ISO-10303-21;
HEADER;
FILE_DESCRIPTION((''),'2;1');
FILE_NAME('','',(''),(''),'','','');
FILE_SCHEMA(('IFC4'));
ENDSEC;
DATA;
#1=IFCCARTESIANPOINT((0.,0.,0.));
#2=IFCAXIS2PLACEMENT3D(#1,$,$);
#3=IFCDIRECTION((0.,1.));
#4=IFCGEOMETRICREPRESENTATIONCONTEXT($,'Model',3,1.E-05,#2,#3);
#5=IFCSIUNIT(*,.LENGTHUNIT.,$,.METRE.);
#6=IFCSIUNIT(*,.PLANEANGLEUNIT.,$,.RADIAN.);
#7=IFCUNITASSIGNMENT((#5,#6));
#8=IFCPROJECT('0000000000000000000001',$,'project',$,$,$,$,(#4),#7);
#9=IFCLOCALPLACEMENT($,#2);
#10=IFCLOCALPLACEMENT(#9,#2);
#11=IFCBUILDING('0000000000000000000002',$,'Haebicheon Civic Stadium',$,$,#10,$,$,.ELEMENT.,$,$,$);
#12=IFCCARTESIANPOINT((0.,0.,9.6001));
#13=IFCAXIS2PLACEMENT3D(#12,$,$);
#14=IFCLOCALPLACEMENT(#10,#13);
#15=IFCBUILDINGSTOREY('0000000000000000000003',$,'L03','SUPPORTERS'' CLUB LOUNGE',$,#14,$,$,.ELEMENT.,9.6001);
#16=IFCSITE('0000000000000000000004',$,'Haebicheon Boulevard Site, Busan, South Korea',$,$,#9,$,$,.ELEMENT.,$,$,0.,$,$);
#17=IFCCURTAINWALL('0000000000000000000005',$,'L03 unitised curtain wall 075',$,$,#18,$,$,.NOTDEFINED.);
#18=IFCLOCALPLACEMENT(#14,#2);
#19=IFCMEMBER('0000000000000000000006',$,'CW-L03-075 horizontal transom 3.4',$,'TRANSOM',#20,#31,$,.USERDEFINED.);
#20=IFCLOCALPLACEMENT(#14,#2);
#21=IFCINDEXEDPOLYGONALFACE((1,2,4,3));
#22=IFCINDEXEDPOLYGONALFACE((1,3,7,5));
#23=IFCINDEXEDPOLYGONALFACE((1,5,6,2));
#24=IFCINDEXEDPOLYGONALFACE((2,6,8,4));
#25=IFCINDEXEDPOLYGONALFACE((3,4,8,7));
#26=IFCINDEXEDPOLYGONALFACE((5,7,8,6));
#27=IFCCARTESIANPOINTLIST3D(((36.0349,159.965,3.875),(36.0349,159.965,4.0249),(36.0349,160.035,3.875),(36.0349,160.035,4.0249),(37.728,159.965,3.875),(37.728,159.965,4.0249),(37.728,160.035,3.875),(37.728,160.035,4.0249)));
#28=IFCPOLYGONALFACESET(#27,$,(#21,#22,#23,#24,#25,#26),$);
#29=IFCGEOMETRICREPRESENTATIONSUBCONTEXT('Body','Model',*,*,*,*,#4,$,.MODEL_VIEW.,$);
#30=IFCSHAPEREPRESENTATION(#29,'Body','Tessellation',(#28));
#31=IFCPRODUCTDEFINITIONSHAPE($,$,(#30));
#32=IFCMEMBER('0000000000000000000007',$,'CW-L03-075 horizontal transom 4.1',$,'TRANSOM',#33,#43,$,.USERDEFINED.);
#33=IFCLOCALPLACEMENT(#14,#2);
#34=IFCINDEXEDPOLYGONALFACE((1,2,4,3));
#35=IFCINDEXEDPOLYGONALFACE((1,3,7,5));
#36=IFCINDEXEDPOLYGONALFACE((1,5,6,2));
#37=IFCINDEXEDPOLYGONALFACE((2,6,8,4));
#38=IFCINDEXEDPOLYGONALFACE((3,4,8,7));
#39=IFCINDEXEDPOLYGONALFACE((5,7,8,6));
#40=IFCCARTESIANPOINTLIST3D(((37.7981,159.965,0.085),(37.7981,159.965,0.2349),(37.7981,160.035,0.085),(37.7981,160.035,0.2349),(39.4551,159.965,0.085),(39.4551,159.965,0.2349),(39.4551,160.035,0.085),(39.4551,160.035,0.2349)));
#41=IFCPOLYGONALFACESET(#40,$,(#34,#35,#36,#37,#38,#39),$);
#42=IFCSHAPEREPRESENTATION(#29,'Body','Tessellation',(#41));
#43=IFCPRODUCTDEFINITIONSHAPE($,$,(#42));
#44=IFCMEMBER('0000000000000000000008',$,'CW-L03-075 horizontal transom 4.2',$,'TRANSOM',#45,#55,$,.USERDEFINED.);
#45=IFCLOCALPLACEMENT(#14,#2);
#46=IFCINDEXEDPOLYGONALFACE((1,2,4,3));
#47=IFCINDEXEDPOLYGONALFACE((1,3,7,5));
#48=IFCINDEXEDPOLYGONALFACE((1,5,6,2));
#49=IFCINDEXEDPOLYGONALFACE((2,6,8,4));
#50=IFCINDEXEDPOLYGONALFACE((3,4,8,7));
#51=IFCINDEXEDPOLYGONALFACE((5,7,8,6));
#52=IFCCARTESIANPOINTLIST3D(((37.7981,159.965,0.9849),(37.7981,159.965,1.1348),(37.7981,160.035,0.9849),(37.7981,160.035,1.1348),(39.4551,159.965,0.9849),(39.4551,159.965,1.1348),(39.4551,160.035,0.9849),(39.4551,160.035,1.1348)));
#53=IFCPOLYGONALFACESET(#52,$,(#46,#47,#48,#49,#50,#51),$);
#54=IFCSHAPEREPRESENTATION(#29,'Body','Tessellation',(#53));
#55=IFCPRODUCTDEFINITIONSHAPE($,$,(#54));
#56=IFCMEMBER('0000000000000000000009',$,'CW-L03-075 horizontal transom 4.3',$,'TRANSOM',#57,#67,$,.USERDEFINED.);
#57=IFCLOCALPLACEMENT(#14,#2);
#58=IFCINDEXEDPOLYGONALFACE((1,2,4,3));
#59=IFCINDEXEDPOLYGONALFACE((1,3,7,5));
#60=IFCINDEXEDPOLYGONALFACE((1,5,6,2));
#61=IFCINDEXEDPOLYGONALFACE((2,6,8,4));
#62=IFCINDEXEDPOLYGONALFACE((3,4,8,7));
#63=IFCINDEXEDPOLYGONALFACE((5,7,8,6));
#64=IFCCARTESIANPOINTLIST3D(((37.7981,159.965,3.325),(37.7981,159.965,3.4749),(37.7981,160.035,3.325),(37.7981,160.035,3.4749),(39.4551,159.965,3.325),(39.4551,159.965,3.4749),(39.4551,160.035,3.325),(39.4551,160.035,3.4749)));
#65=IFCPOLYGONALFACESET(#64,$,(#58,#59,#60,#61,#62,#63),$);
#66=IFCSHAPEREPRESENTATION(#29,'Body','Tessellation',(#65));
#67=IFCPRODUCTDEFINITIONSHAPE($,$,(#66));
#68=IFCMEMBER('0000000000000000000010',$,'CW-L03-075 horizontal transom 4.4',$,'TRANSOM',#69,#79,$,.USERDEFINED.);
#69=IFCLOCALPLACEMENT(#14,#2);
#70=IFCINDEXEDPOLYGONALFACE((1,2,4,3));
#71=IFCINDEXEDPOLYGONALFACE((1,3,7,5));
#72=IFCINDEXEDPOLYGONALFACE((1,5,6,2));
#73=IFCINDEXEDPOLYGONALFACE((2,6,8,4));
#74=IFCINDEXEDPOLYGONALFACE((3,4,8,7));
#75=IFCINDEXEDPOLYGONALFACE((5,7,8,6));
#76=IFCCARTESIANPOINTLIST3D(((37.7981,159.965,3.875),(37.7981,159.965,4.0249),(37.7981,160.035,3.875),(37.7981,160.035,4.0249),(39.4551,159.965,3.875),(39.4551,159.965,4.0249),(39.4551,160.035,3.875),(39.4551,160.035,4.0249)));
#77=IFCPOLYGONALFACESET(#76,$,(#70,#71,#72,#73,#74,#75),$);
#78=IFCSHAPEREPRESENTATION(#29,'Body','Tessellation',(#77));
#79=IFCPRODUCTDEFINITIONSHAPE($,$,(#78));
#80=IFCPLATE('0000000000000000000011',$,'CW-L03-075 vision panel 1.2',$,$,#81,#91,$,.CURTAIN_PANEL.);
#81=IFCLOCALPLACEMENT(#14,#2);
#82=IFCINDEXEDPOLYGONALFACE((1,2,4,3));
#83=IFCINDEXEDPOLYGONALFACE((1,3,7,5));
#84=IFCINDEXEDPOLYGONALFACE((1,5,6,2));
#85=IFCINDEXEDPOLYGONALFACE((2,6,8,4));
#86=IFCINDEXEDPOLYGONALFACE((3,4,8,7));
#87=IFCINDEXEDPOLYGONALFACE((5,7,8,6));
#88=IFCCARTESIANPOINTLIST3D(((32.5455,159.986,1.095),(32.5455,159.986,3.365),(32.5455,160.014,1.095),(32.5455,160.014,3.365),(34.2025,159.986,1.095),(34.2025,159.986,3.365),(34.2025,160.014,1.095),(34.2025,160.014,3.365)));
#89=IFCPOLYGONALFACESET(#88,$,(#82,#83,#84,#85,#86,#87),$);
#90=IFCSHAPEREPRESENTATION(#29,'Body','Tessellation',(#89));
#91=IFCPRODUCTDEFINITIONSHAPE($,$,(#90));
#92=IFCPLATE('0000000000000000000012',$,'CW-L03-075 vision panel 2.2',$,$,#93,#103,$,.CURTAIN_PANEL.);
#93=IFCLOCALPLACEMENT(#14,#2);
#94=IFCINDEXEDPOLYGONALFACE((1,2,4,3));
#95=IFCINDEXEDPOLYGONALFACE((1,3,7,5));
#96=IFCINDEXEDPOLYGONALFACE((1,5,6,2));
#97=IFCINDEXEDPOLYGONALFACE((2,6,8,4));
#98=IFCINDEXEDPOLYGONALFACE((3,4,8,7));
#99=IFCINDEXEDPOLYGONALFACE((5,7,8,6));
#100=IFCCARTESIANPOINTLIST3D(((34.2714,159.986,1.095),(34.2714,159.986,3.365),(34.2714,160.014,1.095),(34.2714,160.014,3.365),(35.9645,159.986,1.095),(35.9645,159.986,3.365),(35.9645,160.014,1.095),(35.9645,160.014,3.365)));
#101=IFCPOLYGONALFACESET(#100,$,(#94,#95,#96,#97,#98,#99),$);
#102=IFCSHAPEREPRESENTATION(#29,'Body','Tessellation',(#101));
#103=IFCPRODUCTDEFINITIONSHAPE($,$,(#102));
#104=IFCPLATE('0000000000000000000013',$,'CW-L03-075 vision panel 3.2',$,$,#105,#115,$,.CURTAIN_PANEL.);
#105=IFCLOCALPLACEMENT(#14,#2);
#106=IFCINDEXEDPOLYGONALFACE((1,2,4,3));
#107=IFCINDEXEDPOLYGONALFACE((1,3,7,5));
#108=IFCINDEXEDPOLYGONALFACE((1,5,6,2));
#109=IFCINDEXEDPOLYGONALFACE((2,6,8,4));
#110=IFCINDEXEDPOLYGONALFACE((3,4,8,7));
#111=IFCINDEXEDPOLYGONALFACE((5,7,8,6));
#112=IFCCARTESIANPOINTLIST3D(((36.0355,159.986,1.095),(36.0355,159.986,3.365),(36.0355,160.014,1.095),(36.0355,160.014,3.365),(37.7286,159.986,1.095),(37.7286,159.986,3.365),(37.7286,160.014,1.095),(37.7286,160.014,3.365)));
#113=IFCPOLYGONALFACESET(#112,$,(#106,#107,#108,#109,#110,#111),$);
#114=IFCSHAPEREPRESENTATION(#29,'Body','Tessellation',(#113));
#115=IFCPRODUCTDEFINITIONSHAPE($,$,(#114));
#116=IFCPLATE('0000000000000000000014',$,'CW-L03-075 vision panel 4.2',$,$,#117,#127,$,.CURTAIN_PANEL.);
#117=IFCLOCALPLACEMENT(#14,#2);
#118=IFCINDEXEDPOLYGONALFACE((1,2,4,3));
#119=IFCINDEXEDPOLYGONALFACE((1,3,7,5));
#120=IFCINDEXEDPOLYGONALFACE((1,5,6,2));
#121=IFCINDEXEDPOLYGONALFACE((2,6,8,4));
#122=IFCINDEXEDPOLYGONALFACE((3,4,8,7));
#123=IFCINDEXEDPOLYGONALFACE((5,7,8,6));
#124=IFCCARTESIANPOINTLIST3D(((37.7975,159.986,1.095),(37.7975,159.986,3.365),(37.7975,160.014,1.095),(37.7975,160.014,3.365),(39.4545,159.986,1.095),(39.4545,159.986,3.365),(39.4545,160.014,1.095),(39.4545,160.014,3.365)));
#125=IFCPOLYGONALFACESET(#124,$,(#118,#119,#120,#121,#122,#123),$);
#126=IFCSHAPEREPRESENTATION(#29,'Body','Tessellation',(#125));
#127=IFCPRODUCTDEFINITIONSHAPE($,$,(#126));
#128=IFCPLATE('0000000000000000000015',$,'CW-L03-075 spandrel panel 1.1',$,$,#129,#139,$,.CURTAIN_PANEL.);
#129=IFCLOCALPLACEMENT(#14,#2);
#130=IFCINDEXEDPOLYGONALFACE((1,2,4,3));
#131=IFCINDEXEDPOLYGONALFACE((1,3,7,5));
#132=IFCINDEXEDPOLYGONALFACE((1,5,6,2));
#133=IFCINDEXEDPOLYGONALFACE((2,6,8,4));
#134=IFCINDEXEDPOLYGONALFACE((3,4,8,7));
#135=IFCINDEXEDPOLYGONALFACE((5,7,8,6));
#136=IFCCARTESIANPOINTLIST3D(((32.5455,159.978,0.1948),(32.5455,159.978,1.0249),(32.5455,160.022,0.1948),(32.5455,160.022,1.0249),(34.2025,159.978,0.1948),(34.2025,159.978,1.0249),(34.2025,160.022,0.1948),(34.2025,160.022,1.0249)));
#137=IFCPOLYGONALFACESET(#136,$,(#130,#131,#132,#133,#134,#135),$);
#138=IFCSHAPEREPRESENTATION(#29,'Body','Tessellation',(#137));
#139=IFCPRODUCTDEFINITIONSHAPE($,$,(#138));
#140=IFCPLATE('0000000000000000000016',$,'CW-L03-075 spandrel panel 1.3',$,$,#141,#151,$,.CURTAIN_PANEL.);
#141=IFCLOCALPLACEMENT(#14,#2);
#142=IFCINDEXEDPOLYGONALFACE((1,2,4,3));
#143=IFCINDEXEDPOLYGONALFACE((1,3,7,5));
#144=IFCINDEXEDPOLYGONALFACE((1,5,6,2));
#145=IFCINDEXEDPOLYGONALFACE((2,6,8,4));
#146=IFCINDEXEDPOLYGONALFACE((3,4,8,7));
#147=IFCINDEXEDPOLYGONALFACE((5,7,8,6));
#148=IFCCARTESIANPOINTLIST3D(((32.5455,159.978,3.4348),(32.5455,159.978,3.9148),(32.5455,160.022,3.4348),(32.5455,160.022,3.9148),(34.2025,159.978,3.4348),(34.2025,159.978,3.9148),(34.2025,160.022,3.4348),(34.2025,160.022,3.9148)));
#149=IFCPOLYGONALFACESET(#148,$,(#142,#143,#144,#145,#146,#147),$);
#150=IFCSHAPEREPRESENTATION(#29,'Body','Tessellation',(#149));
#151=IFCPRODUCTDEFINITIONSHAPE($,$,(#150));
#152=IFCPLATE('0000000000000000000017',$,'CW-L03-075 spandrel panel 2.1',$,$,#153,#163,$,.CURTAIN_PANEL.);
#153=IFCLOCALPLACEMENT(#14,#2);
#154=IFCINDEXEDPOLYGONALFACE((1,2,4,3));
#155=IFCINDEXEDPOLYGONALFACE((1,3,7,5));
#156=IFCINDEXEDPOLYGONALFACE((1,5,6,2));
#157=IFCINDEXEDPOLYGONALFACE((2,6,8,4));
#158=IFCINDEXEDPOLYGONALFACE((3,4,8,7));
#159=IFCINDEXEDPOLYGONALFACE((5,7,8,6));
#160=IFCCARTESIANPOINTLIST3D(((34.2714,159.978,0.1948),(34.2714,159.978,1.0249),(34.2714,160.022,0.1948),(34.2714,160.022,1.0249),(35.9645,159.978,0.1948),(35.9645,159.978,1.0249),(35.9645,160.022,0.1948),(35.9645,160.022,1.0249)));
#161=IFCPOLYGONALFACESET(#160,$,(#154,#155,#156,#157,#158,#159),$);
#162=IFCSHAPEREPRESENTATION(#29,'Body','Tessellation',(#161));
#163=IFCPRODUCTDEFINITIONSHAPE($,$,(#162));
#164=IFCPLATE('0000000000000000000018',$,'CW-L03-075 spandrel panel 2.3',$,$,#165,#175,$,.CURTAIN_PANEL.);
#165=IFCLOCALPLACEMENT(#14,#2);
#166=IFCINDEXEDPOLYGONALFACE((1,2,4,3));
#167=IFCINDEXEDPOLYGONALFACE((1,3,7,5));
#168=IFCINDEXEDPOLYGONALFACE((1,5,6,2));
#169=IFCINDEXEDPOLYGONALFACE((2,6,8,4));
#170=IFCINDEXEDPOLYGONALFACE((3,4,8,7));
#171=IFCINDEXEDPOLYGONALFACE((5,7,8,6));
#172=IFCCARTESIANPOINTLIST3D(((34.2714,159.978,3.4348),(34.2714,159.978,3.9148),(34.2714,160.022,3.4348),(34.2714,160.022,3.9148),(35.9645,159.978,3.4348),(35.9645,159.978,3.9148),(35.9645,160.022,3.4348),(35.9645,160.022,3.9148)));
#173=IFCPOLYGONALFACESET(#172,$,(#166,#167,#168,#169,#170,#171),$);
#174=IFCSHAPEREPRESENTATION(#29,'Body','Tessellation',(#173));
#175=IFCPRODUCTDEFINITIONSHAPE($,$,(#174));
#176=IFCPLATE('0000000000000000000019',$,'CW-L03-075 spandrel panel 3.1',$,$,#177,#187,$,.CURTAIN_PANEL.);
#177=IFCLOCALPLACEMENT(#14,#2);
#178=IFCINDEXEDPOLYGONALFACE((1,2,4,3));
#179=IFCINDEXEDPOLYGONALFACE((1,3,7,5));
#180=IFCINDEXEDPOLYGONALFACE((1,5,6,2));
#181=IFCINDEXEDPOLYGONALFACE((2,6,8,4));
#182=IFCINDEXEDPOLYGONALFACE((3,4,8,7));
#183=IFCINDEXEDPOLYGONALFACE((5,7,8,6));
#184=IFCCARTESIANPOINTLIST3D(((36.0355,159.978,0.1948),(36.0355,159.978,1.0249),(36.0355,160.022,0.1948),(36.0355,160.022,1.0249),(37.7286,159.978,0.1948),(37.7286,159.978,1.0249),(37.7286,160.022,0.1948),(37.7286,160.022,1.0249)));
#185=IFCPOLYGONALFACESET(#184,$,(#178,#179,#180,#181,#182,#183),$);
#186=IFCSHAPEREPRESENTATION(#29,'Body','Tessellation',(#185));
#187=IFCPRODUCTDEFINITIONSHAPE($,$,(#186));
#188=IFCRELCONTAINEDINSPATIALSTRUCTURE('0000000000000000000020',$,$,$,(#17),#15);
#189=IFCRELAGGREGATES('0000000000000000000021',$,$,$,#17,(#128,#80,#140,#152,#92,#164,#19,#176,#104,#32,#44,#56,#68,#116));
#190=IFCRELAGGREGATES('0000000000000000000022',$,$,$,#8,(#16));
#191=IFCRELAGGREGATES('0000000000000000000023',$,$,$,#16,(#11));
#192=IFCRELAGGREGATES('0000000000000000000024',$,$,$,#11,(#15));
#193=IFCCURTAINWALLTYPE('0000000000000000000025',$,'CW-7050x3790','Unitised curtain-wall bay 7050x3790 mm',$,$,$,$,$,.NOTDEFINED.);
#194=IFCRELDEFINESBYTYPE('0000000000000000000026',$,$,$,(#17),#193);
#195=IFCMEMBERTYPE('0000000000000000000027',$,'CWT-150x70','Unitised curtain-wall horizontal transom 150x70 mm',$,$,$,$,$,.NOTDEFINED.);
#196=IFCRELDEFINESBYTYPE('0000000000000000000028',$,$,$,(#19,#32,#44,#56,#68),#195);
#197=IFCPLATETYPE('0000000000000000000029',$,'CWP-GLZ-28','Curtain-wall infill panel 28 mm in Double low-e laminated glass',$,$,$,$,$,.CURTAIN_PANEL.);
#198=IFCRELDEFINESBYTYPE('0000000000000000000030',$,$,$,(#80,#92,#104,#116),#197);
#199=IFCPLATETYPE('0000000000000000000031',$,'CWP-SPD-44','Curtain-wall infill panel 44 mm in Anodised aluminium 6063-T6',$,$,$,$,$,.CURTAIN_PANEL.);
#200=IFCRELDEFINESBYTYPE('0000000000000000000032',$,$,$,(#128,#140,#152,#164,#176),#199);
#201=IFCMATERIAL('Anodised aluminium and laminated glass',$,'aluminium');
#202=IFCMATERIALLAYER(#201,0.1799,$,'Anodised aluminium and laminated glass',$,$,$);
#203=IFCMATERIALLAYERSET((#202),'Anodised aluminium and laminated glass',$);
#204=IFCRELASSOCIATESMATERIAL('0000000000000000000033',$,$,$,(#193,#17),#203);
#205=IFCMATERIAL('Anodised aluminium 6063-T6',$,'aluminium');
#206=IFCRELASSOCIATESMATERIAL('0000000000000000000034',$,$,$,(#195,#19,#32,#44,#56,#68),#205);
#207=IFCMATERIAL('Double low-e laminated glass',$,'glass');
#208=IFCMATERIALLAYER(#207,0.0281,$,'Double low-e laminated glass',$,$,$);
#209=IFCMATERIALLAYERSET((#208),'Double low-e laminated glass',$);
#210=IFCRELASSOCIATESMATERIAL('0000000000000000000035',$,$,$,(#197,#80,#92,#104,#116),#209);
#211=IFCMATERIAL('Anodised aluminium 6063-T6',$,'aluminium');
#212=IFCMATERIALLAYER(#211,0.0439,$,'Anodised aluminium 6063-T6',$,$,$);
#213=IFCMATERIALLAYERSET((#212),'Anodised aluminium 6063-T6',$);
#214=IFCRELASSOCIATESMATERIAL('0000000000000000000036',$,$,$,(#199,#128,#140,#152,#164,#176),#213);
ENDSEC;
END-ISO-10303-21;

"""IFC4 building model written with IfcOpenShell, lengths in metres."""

from ifc_helpers import new_model, si_unit, direction, frame, origin, origin_2d, place, context, subcontext, project, spatial, rectangle, extrude, material, layer, layer_set, material_profile, profile_set, type_object, element, aggregate, save


model = new_model("IFC4")

# Units and contexts
model_context = context("Model", 3, precision=1e-05, world=origin(), true_north=direction((0.0, 1.0)))
body_context = subcontext(model_context, "Body", "Model", "MODEL_VIEW")
ifc_project = project(units=[si_unit("LENGTHUNIT", "METRE"), si_unit("PLANEANGLEUNIT", "RADIAN")], contexts=[model_context])

# Site, building, storey
site_placement = place(None, origin())
site = spatial("IfcSite", under=ifc_project, at=site_placement, Name="Haebicheon Boulevard Site, Busan, South Korea", CompositionType="ELEMENT", RefElevation=0.0)
building_placement = place(site_placement, origin())
building = spatial("IfcBuilding", under=site, at=building_placement, Name="Haebicheon Civic Stadium", CompositionType="ELEMENT")
storey_placement = place(building_placement, frame((0.0, 0.0, 9.6001)))
storey = spatial("IfcBuildingStorey", under=building, at=storey_placement, Name="L03", Description="SUPPORTERS' CLUB LOUNGE", CompositionType="ELEMENT", Elevation=9.6001)

# Curtain wall, members, plates
ifc_material_1 = material(Name="Anodised aluminium and laminated glass", Category="aluminium")
ifc_layer_1 = layer(ifc_material_1, 0.1799, Name="Anodised aluminium and laminated glass")
ifc_layer_set_1 = layer_set([ifc_layer_1], Name="Anodised aluminium and laminated glass")
curtain_wall_type = type_object("IfcCurtainWallType", Name="CW-7050x3790", Description="Unitised curtain-wall bay 7050x3790 mm", PredefinedType="NOTDEFINED", material=ifc_layer_set_1)
curtain_wall_placement = place(storey_placement, origin())
curtain_wall = element("IfcCurtainWall", 1, at=curtain_wall_placement, inside=storey, type_object=curtain_wall_type, material=ifc_layer_set_1, Name="L03 unitised curtain wall 075", PredefinedType="NOTDEFINED")
ifc_material_2 = material(Name="Anodised aluminium 6063-T6", Category="aluminium")
ifc_material_profile_1 = material_profile(ifc_material_2, rectangle(XDim=0.0701, YDim=0.1499, at=origin_2d()), Name="ALU-TRAN-70x150")
ifc_profile_set_1 = profile_set([ifc_material_profile_1], Name="Anodised aluminium 6063-T6")
member_type_1 = type_object("IfcMemberType", Name="CWT-150x70", Description="Unitised curtain-wall horizontal transom 150x70 mm", PredefinedType="NOTDEFINED", material=ifc_profile_set_1)
member_1_placement = place(storey_placement, frame((36.0349, 160.0, 3.95), z_axis=(1.0, 0.0, 0.0), x_axis=(0.0, 1.0, 0.0)))
member_1 = element("IfcMember", 2, at=member_1_placement, type_object=member_type_1, material=ifc_profile_set_1, Name="CW-L03-075 horizontal transom 3.4", ObjectType="TRANSOM", PredefinedType="USERDEFINED", context=body_context, shape_type="SweptSolid", body=[
    extrude(rectangle(XDim=0.0701, YDim=0.1499, at=origin_2d()), origin(), (0.0, 0.0, 1.0), 1.6931),
])
member_2_placement = place(storey_placement, frame((37.7981, 160.0, 0.1599), z_axis=(1.0, 0.0, 0.0), x_axis=(0.0, 1.0, 0.0)))
member_2 = element("IfcMember", 3, at=member_2_placement, type_object=member_type_1, material=ifc_profile_set_1, Name="CW-L03-075 horizontal transom 4.1", ObjectType="TRANSOM", PredefinedType="USERDEFINED", context=body_context, shape_type="SweptSolid", body=[
    extrude(rectangle(XDim=0.0701, YDim=0.1499, at=origin_2d()), origin(), (0.0, 0.0, 1.0), 1.657),
])
member_3_placement = place(storey_placement, frame((37.7981, 160.0, 1.0598), z_axis=(1.0, 0.0, 0.0), x_axis=(0.0, 1.0, 0.0)))
member_3 = element("IfcMember", 4, at=member_3_placement, type_object=member_type_1, material=ifc_profile_set_1, Name="CW-L03-075 horizontal transom 4.2", ObjectType="TRANSOM", PredefinedType="USERDEFINED", context=body_context, shape_type="SweptSolid", body=[
    extrude(rectangle(XDim=0.0701, YDim=0.1499, at=origin_2d()), origin(), (0.0, 0.0, 1.0), 1.657),
])
member_4_placement = place(storey_placement, frame((37.7981, 160.0, 3.3999), z_axis=(1.0, 0.0, 0.0), x_axis=(0.0, 1.0, 0.0)))
member_4 = element("IfcMember", 5, at=member_4_placement, type_object=member_type_1, material=ifc_profile_set_1, Name="CW-L03-075 horizontal transom 4.3", ObjectType="TRANSOM", PredefinedType="USERDEFINED", context=body_context, shape_type="SweptSolid", body=[
    extrude(rectangle(XDim=0.0701, YDim=0.1499, at=origin_2d()), origin(), (0.0, 0.0, 1.0), 1.657),
])
member_5_placement = place(storey_placement, frame((37.7981, 160.0, 3.95), z_axis=(1.0, 0.0, 0.0), x_axis=(0.0, 1.0, 0.0)))
member_5 = element("IfcMember", 6, at=member_5_placement, type_object=member_type_1, material=ifc_profile_set_1, Name="CW-L03-075 horizontal transom 4.4", ObjectType="TRANSOM", PredefinedType="USERDEFINED", context=body_context, shape_type="SweptSolid", body=[
    extrude(rectangle(XDim=0.0701, YDim=0.1499, at=origin_2d()), origin(), (0.0, 0.0, 1.0), 1.657),
])
ifc_material_3 = material(Name="Double low-e laminated glass", Category="glass")
ifc_layer_2 = layer(ifc_material_3, 0.0281, Name="Double low-e laminated glass")
ifc_layer_set_2 = layer_set([ifc_layer_2], Name="Double low-e laminated glass")
plate_type_1 = type_object("IfcPlateType", Name="CWP-GLZ-28", Description="Curtain-wall infill panel 28 mm in Double low-e laminated glass", PredefinedType="CURTAIN_PANEL", material=ifc_layer_set_2)
plate_1_placement = place(storey_placement, frame((33.374, 160.0, 1.095), z_axis=(0.0, 0.0, 1.0), x_axis=(1.0, 0.0, 0.0)))
plate_1 = element("IfcPlate", 7, at=plate_1_placement, type_object=plate_type_1, material=ifc_layer_set_2, Name="CW-L03-075 vision panel 1.2", PredefinedType="CURTAIN_PANEL", context=body_context, shape_type="SweptSolid", body=[
    extrude(rectangle(XDim=1.657, YDim=0.0281, at=origin_2d()), origin(), (0.0, 0.0, 1.0), 2.27),
])
plate_2_placement = place(storey_placement, frame((35.1179, 160.0, 1.095), z_axis=(0.0, 0.0, 1.0), x_axis=(1.0, 0.0, 0.0)))
plate_2 = element("IfcPlate", 8, at=plate_2_placement, type_object=plate_type_1, material=ifc_layer_set_2, Name="CW-L03-075 vision panel 2.2", PredefinedType="CURTAIN_PANEL", context=body_context, shape_type="SweptSolid", body=[
    extrude(rectangle(XDim=1.6931, YDim=0.0281, at=origin_2d()), origin(), (0.0, 0.0, 1.0), 2.27),
])
plate_3_placement = place(storey_placement, frame((36.8821, 160.0, 1.095), z_axis=(0.0, 0.0, 1.0), x_axis=(1.0, 0.0, 0.0)))
plate_3 = element("IfcPlate", 9, at=plate_3_placement, type_object=plate_type_1, material=ifc_layer_set_2, Name="CW-L03-075 vision panel 3.2", PredefinedType="CURTAIN_PANEL", context=body_context, shape_type="SweptSolid", body=[
    extrude(rectangle(XDim=1.6931, YDim=0.0281, at=origin_2d()), origin(), (0.0, 0.0, 1.0), 2.27),
])
plate_4_placement = place(storey_placement, frame((38.626, 160.0, 1.095), z_axis=(0.0, 0.0, 1.0), x_axis=(1.0, 0.0, 0.0)))
plate_4 = element("IfcPlate", 10, at=plate_4_placement, type_object=plate_type_1, material=ifc_layer_set_2, Name="CW-L03-075 vision panel 4.2", PredefinedType="CURTAIN_PANEL", context=body_context, shape_type="SweptSolid", body=[
    extrude(rectangle(XDim=1.657, YDim=0.0281, at=origin_2d()), origin(), (0.0, 0.0, 1.0), 2.27),
])
ifc_material_4 = material(Name="Anodised aluminium 6063-T6", Category="aluminium")
ifc_layer_3 = layer(ifc_material_4, 0.0439, Name="Anodised aluminium 6063-T6")
ifc_layer_set_3 = layer_set([ifc_layer_3], Name="Anodised aluminium 6063-T6")
plate_type_2 = type_object("IfcPlateType", Name="CWP-SPD-44", Description="Curtain-wall infill panel 44 mm in Anodised aluminium 6063-T6", PredefinedType="CURTAIN_PANEL", material=ifc_layer_set_3)
plate_5_placement = place(storey_placement, frame((33.374, 160.0, 0.1948), z_axis=(0.0, 0.0, 1.0), x_axis=(1.0, 0.0, 0.0)))
plate_5 = element("IfcPlate", 11, at=plate_5_placement, type_object=plate_type_2, material=ifc_layer_set_3, Name="CW-L03-075 spandrel panel 1.1", PredefinedType="CURTAIN_PANEL", context=body_context, shape_type="SweptSolid", body=[
    extrude(rectangle(XDim=1.657, YDim=0.0439, at=origin_2d()), origin(), (0.0, 0.0, 1.0), 0.8301),
])
plate_6_placement = place(storey_placement, frame((33.374, 160.0, 3.4348), z_axis=(0.0, 0.0, 1.0), x_axis=(1.0, 0.0, 0.0)))
plate_6 = element("IfcPlate", 12, at=plate_6_placement, type_object=plate_type_2, material=ifc_layer_set_3, Name="CW-L03-075 spandrel panel 1.3", PredefinedType="CURTAIN_PANEL", context=body_context, shape_type="SweptSolid", body=[
    extrude(rectangle(XDim=1.657, YDim=0.0439, at=origin_2d()), origin(), (0.0, 0.0, 1.0), 0.48),
])
plate_7_placement = place(storey_placement, frame((35.1179, 160.0, 0.1948), z_axis=(0.0, 0.0, 1.0), x_axis=(1.0, 0.0, 0.0)))
plate_7 = element("IfcPlate", 13, at=plate_7_placement, type_object=plate_type_2, material=ifc_layer_set_3, Name="CW-L03-075 spandrel panel 2.1", PredefinedType="CURTAIN_PANEL", context=body_context, shape_type="SweptSolid", body=[
    extrude(rectangle(XDim=1.6931, YDim=0.0439, at=origin_2d()), origin(), (0.0, 0.0, 1.0), 0.8301),
])
plate_8_placement = place(storey_placement, frame((35.1179, 160.0, 3.4348), z_axis=(0.0, 0.0, 1.0), x_axis=(1.0, 0.0, 0.0)))
plate_8 = element("IfcPlate", 14, at=plate_8_placement, type_object=plate_type_2, material=ifc_layer_set_3, Name="CW-L03-075 spandrel panel 2.3", PredefinedType="CURTAIN_PANEL", context=body_context, shape_type="SweptSolid", body=[
    extrude(rectangle(XDim=1.6931, YDim=0.0439, at=origin_2d()), origin(), (0.0, 0.0, 1.0), 0.48),
])
plate_9_placement = place(storey_placement, frame((36.8821, 160.0, 0.1948), z_axis=(0.0, 0.0, 1.0), x_axis=(1.0, 0.0, 0.0)))
plate_9 = element("IfcPlate", 15, at=plate_9_placement, type_object=plate_type_2, material=ifc_layer_set_3, Name="CW-L03-075 spandrel panel 3.1", PredefinedType="CURTAIN_PANEL", context=body_context, shape_type="SweptSolid", body=[
    extrude(rectangle(XDim=1.6931, YDim=0.0439, at=origin_2d()), origin(), (0.0, 0.0, 1.0), 0.8301),
])
aggregate(curtain_wall, [plate_5, plate_1, plate_6, plate_7, plate_2, plate_8, member_1, plate_9, plate_3, member_2, member_3, member_4, member_5, plate_4])

save(model, "model.ifc")
